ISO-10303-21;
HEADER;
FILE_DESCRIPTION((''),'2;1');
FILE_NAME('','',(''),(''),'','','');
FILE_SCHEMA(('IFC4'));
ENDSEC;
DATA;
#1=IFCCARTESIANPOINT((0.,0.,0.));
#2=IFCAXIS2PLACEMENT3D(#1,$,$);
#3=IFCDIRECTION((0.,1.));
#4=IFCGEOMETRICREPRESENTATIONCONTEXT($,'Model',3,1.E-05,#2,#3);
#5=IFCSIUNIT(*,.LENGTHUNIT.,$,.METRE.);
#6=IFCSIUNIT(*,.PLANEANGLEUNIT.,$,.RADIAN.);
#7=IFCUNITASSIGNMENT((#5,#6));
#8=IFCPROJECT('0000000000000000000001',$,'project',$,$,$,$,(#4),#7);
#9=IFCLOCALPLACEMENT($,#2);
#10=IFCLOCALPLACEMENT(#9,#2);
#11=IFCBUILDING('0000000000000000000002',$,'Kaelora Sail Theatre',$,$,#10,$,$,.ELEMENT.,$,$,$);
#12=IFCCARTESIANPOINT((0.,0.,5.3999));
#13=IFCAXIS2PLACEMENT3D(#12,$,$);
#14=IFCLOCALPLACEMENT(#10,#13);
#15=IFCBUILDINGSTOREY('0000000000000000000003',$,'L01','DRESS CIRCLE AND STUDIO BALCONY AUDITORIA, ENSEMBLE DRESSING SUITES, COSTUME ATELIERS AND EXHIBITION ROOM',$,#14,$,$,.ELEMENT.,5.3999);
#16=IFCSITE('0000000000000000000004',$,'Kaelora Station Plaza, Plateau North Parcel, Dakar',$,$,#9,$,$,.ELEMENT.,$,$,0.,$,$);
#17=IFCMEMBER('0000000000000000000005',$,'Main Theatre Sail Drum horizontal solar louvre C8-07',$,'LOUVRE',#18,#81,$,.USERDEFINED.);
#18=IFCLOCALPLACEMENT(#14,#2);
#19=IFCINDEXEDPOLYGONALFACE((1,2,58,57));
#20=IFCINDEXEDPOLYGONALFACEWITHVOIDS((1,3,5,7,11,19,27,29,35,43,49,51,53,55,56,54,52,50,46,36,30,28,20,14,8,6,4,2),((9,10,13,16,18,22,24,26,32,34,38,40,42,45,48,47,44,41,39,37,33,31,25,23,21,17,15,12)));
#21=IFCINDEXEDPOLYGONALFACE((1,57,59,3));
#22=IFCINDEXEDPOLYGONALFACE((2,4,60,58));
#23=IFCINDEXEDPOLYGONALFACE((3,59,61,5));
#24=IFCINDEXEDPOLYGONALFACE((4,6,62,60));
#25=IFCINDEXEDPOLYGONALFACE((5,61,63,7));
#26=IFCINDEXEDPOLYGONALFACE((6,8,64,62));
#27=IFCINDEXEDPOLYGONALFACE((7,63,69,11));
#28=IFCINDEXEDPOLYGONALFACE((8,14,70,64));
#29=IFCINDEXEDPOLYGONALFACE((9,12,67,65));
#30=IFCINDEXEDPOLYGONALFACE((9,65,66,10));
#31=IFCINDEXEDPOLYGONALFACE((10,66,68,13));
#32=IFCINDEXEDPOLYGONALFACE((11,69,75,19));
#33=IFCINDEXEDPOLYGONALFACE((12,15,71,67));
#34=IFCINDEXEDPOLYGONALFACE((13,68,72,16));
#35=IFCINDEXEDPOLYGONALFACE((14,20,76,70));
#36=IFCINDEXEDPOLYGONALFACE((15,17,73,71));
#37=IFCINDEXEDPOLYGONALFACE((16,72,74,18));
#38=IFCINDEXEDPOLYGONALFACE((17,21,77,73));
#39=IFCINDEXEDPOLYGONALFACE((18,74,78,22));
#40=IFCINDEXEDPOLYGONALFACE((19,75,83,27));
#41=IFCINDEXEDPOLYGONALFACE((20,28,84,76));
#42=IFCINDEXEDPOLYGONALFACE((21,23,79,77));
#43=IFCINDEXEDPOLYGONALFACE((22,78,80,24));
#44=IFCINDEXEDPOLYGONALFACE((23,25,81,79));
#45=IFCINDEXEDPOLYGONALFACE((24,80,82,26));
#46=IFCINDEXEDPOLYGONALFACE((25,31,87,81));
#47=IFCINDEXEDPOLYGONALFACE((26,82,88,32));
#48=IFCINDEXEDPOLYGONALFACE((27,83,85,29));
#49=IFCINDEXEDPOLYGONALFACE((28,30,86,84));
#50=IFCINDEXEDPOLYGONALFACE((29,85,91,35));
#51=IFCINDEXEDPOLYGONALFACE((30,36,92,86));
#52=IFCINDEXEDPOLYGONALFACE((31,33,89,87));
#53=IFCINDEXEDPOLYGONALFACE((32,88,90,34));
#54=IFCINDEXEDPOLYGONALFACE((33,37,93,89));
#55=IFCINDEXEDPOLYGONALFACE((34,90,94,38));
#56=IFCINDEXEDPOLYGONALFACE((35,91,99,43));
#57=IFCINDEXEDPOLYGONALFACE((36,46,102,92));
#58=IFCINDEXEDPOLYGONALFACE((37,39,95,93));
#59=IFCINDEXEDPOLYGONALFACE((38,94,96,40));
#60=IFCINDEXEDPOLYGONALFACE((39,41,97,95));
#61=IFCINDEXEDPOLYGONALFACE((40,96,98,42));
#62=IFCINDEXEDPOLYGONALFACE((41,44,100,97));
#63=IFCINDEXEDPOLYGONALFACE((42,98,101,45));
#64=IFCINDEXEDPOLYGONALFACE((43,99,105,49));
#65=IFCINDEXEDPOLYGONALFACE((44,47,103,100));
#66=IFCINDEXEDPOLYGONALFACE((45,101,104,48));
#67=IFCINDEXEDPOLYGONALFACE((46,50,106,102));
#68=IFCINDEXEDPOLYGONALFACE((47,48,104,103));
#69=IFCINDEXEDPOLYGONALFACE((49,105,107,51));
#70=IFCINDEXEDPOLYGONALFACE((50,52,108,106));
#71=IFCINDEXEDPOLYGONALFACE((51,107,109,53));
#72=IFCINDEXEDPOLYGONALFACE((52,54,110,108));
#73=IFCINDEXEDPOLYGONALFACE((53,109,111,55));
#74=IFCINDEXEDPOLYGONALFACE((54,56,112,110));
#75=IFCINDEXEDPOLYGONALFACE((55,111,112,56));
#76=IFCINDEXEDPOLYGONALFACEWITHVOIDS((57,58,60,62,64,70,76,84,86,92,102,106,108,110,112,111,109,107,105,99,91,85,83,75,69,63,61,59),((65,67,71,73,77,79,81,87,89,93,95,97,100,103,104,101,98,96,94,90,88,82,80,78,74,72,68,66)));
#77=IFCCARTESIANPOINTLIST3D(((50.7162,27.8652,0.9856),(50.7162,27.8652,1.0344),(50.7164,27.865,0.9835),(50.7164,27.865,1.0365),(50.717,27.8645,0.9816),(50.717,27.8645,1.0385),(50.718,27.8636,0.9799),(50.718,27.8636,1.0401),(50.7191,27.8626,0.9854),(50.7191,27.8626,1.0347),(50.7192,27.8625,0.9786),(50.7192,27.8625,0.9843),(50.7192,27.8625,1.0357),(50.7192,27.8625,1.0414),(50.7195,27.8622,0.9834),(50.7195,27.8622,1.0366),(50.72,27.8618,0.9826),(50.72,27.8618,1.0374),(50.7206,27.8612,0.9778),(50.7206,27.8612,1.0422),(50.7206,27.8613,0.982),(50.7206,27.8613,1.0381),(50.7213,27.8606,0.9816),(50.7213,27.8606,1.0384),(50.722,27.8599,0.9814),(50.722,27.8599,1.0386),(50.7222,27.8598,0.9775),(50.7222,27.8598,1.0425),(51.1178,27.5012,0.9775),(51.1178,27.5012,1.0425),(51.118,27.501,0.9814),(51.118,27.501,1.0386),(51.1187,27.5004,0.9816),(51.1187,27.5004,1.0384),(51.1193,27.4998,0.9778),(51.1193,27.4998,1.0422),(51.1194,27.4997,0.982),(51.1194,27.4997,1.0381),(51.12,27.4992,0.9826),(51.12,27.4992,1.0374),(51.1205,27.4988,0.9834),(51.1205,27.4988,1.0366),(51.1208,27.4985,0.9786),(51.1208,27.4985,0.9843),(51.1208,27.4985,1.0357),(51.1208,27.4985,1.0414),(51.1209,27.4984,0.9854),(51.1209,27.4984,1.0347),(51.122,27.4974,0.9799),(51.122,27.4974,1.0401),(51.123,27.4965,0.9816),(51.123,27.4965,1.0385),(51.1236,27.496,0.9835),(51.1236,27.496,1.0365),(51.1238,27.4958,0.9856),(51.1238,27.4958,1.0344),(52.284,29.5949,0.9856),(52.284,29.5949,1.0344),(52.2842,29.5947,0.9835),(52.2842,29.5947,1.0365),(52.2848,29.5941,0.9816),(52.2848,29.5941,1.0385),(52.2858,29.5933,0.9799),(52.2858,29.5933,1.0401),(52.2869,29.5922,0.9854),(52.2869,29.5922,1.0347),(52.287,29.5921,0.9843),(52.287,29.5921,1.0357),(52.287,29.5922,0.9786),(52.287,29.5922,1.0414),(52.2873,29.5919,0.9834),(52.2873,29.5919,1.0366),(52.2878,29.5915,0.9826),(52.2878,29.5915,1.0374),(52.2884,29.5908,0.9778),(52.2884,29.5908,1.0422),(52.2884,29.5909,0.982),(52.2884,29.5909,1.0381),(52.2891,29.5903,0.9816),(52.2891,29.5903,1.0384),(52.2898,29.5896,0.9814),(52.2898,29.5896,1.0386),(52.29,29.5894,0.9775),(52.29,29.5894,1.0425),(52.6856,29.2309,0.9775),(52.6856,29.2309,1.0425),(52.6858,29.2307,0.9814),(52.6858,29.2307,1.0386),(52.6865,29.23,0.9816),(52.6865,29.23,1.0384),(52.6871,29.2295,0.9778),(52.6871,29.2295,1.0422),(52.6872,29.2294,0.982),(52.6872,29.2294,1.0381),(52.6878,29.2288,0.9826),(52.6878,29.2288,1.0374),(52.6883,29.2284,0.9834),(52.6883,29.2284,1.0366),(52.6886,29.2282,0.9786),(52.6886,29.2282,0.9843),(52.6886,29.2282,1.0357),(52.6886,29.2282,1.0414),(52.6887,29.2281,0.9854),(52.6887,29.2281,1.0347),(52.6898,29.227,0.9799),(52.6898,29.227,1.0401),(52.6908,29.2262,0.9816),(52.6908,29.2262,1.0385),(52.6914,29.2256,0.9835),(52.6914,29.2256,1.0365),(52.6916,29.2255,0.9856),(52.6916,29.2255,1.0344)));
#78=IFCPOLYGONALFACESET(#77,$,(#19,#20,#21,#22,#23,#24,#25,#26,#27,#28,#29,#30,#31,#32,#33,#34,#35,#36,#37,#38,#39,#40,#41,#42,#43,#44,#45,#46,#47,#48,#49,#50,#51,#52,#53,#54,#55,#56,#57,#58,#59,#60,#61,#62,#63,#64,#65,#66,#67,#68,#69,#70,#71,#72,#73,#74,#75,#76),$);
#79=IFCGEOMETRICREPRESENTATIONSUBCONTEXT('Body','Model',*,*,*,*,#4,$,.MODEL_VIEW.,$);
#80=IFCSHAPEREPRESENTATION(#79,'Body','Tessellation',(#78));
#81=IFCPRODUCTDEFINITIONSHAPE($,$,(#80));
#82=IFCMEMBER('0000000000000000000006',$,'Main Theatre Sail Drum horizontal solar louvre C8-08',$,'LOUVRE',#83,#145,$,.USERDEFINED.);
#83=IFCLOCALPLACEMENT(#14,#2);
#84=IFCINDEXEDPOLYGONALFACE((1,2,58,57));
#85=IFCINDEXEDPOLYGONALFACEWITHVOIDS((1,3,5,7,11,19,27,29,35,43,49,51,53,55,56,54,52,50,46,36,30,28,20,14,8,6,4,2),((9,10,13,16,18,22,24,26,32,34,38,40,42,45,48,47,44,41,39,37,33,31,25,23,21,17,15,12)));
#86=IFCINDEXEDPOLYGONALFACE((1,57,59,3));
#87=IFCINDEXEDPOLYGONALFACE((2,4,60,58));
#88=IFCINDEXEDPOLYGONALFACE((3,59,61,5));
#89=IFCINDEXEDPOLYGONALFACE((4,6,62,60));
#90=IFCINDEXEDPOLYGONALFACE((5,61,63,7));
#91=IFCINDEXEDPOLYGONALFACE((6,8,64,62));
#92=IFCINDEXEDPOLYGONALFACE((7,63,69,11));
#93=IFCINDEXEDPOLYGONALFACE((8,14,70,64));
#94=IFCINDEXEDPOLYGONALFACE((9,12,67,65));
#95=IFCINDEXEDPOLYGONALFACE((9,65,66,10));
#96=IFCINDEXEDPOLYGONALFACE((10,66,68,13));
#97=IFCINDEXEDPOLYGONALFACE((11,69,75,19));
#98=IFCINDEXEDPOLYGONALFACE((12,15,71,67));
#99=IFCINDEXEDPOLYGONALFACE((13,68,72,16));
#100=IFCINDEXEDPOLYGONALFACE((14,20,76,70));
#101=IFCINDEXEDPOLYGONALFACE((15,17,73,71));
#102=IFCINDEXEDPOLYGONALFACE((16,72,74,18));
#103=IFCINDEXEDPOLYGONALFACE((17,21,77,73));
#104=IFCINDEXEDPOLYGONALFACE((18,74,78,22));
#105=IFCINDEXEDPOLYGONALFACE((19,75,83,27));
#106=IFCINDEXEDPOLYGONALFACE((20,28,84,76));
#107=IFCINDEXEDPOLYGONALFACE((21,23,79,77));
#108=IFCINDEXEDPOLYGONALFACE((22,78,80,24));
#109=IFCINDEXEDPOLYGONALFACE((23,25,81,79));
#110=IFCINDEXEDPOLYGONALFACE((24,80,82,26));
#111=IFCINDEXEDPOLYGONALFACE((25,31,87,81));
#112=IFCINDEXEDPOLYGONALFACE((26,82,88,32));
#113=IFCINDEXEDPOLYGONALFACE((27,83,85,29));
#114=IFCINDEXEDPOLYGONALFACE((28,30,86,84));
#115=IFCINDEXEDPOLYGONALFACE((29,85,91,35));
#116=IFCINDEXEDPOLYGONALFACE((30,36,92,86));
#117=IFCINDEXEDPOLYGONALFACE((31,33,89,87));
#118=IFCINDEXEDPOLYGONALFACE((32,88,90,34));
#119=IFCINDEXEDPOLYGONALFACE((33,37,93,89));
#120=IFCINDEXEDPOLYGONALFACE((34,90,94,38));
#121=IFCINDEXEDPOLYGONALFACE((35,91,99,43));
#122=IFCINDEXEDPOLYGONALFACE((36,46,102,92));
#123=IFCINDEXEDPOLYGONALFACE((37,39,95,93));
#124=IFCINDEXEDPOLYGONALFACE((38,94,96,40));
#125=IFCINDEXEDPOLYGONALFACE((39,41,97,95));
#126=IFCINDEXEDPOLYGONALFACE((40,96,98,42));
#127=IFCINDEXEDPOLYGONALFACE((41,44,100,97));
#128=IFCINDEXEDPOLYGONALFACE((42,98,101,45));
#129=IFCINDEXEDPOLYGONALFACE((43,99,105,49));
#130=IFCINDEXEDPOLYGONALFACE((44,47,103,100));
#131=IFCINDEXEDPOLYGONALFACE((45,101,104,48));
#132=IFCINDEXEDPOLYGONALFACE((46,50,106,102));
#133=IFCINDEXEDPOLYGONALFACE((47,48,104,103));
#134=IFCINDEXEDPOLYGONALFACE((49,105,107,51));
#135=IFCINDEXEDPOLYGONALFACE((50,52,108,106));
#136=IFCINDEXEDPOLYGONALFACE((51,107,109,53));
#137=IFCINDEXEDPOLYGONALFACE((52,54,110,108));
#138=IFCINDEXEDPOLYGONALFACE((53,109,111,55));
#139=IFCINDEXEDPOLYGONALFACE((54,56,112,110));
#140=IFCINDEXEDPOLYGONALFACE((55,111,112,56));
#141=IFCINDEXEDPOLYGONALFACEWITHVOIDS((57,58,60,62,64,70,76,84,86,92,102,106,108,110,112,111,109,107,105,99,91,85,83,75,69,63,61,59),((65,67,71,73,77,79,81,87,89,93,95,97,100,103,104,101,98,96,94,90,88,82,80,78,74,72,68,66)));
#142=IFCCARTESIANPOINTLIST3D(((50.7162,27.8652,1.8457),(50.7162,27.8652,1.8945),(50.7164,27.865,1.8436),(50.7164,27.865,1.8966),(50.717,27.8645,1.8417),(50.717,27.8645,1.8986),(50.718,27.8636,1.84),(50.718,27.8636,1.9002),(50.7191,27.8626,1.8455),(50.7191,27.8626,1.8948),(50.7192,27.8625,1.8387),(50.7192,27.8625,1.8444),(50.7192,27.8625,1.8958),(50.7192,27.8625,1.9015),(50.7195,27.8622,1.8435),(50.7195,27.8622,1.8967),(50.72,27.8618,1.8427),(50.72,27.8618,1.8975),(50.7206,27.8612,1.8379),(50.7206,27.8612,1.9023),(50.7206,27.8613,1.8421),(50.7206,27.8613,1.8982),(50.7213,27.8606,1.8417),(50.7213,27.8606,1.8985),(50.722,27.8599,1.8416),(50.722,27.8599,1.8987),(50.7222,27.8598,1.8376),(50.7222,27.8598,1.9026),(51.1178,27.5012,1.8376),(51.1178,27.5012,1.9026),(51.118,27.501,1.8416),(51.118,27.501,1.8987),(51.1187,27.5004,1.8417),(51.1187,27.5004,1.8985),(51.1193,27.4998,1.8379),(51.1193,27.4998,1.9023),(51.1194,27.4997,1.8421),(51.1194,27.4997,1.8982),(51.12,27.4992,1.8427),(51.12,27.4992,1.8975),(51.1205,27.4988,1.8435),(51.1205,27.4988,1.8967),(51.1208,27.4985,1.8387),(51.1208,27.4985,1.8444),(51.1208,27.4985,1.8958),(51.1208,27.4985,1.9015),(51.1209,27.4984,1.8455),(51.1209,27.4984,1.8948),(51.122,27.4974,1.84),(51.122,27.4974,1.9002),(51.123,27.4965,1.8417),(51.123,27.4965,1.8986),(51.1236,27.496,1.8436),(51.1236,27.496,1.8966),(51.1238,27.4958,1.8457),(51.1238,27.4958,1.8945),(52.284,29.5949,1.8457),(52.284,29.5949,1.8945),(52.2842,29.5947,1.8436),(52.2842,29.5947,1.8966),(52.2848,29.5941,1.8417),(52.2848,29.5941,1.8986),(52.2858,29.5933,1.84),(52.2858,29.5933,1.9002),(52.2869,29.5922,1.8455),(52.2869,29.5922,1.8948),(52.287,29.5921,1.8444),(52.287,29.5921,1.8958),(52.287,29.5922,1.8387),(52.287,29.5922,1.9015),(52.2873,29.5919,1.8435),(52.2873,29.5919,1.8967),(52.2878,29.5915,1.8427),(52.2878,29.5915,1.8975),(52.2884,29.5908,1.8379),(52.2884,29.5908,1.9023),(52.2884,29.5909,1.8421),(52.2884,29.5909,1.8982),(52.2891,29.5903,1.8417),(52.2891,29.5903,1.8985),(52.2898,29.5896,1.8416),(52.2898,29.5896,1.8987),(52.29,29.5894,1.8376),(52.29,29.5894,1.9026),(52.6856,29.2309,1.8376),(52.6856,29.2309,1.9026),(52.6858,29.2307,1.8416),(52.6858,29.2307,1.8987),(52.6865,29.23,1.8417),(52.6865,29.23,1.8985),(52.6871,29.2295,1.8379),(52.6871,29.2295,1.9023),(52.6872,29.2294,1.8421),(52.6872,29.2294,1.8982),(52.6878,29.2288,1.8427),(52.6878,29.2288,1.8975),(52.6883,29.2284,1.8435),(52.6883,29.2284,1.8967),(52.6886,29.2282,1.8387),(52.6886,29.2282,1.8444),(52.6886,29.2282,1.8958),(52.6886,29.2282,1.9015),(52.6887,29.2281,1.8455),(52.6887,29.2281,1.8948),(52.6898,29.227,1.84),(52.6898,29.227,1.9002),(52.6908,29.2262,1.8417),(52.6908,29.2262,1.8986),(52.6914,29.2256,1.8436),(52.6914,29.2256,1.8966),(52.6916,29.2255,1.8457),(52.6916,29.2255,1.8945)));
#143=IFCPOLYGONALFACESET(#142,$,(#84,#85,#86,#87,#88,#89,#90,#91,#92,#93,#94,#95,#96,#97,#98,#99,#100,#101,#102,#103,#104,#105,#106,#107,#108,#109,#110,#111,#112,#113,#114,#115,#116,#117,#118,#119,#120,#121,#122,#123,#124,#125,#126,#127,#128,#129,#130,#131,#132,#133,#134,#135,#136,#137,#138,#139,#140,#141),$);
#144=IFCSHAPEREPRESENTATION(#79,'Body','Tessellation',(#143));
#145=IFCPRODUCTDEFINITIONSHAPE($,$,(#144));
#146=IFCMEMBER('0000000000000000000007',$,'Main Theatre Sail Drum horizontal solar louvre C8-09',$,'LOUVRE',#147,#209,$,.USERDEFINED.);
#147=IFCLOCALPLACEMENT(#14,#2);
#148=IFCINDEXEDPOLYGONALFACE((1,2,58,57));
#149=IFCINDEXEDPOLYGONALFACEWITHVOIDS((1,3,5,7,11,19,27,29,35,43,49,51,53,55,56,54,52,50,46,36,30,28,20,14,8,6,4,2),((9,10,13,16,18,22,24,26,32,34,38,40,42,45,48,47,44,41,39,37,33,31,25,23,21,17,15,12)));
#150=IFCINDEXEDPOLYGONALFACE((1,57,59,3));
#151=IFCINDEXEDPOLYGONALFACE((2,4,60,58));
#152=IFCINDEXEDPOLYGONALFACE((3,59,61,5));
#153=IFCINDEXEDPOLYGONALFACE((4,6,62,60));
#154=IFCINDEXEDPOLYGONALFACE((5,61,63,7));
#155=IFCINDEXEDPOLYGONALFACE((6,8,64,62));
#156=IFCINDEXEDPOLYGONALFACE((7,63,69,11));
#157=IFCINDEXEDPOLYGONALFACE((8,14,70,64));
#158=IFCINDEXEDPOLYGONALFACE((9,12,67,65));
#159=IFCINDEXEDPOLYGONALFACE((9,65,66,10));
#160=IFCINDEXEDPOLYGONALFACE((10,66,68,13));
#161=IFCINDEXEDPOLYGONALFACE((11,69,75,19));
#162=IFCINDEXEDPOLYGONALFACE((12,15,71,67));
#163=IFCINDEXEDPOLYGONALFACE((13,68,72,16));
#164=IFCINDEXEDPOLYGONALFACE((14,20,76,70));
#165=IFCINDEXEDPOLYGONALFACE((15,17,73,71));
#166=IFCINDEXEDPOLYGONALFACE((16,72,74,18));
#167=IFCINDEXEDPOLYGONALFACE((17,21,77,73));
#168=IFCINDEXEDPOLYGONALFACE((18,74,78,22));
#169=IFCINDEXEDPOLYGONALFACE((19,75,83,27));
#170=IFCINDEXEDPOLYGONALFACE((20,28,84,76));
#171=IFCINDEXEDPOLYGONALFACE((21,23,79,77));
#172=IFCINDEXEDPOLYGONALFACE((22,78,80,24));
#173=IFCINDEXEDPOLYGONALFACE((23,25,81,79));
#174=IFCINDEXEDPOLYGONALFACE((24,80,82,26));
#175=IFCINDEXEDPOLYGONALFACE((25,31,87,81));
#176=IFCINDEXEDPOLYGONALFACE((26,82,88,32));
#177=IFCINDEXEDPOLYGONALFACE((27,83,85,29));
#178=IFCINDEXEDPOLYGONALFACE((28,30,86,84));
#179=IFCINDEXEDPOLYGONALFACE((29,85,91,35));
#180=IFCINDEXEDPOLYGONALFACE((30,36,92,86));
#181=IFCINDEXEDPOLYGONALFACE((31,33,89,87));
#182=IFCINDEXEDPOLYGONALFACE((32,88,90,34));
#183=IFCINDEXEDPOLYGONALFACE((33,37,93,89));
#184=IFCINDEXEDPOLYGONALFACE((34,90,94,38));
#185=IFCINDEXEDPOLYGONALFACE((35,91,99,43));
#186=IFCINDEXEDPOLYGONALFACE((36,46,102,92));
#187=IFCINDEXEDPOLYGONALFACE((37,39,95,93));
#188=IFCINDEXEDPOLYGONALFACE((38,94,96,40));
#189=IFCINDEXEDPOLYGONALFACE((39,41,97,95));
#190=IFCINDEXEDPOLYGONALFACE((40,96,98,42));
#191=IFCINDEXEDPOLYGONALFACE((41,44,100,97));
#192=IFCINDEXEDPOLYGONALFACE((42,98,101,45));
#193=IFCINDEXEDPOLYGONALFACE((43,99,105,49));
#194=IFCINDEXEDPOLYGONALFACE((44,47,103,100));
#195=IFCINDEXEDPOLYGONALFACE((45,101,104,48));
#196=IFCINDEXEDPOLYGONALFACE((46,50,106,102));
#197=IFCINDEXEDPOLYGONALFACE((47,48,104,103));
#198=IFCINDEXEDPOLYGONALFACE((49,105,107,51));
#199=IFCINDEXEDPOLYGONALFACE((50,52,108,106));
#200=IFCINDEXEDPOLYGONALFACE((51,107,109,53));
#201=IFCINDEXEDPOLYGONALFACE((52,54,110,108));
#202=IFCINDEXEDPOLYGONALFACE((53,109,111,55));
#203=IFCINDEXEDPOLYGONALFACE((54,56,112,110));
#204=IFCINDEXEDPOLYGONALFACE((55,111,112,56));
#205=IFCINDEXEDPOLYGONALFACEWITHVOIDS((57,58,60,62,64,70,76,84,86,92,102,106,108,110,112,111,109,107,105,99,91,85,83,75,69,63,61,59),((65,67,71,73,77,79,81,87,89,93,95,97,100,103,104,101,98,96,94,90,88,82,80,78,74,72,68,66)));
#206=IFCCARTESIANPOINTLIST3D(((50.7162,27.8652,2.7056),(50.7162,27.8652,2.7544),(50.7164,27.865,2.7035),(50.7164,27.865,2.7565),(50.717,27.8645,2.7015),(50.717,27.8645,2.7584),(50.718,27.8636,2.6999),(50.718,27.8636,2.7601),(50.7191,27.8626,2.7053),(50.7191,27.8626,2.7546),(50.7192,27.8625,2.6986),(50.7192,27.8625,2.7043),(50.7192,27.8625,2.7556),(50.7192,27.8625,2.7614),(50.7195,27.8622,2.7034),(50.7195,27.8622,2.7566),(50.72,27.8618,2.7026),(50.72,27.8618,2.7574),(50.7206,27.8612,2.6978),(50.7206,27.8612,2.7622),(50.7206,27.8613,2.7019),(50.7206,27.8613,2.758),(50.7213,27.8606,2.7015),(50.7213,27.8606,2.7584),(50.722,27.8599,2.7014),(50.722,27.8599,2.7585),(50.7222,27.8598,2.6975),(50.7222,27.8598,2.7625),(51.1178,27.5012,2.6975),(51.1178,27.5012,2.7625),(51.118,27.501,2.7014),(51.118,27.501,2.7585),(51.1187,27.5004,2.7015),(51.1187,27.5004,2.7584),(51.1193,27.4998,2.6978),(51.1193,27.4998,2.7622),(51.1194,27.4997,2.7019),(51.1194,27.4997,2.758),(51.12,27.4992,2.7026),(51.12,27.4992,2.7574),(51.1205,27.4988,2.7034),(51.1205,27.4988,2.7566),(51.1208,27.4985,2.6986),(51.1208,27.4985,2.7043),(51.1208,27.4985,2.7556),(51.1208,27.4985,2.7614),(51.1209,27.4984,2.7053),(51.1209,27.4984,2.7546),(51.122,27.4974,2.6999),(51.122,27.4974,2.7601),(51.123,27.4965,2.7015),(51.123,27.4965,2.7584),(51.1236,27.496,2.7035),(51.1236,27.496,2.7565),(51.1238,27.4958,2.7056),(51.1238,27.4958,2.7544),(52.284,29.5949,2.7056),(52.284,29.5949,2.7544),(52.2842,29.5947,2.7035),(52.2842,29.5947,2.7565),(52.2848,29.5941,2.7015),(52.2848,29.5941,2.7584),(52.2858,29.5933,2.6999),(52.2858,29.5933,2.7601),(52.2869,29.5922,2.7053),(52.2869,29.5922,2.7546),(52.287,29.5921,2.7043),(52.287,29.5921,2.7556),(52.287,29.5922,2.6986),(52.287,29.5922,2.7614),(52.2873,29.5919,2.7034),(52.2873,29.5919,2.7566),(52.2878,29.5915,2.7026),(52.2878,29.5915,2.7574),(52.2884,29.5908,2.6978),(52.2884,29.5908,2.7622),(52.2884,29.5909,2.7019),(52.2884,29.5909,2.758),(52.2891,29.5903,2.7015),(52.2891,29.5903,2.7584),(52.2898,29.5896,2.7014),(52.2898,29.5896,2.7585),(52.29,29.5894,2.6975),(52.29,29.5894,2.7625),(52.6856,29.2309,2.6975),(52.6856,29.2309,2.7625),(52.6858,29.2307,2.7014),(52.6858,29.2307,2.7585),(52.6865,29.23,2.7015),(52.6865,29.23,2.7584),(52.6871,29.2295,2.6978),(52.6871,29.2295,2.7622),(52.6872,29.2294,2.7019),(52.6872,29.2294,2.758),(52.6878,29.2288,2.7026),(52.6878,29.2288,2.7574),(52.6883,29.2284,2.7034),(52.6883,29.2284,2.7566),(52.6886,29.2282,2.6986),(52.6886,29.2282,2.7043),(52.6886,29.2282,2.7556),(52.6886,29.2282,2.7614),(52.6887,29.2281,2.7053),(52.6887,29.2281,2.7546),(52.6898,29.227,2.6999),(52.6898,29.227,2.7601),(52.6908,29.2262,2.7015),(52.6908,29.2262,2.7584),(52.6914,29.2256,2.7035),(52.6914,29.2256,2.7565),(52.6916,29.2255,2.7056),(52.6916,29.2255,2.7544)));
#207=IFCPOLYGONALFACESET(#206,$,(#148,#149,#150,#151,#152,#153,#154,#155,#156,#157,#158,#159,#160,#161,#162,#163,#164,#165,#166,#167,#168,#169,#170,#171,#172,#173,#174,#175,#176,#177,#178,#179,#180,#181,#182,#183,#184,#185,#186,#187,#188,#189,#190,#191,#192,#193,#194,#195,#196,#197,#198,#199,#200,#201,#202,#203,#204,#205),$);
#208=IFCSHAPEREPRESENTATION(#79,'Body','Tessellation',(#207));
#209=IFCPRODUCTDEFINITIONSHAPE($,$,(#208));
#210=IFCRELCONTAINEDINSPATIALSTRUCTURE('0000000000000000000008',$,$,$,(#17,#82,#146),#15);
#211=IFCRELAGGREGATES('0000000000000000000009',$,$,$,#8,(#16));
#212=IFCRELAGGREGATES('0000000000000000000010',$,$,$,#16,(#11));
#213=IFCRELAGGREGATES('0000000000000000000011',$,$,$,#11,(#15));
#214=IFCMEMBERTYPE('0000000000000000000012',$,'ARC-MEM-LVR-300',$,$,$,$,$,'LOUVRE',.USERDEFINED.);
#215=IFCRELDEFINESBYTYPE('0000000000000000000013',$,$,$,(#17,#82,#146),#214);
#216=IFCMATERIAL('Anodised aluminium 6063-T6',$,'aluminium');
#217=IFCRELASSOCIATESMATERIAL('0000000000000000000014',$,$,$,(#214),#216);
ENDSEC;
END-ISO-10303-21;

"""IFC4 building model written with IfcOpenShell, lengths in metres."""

from ifc_helpers import new_model, si_unit, direction, frame, origin, origin_2d, place, context, subcontext, project, spatial, hollow_rectangle, extrude, material, material_profile, profile_set, type_object, element, save


model = new_model("IFC4")

# Units and contexts
model_context = context("Model", 3, precision=1e-05, world=origin(), true_north=direction((0.0, 1.0)))
body_context = subcontext(model_context, "Body", "Model", "MODEL_VIEW")
ifc_project = project(units=[si_unit("LENGTHUNIT", "METRE"), si_unit("PLANEANGLEUNIT", "RADIAN")], contexts=[model_context])

# Site, building, storey
site_placement = place(None, origin())
site = spatial("IfcSite", under=ifc_project, at=site_placement, Name="Kaelora Station Plaza, Plateau North Parcel, Dakar", CompositionType="ELEMENT", RefElevation=0.0)
building_placement = place(site_placement, origin())
building = spatial("IfcBuilding", under=site, at=building_placement, Name="Kaelora Sail Theatre", CompositionType="ELEMENT")
storey_placement = place(building_placement, frame((0.0, 0.0, 5.3999)))
storey = spatial("IfcBuildingStorey", under=building, at=storey_placement, Name="L01", Description="DRESS CIRCLE AND STUDIO BALCONY AUDITORIA, ENSEMBLE DRESSING SUITES, COSTUME ATELIERS AND EXHIBITION ROOM", CompositionType="ELEMENT", Elevation=5.3999)

# Members
ifc_material_1 = material(Name="Anodised aluminium 6063-T6", Category="aluminium")
ifc_material_profile_1 = material_profile(ifc_material_1, hollow_rectangle(XDim=0.55, YDim=0.0649, WallThickness=0.0039, InnerFilletRadius=0.0039, OuterFilletRadius=0.0081, at=origin_2d()), Name="LOUVRE 550x65x4")
ifc_profile_set_1 = profile_set([ifc_material_profile_1], Name="Anodised aluminium 6063-T6")
member_type = type_object("IfcMemberType", Name="ARC-MEM-LVR-300", ElementType="LOUVRE", PredefinedType="USERDEFINED", material=ifc_profile_set_1)
for number, where, z_axis, x_axis, name in (
    (1, (52.4878, 29.4102, 1.01), (-0.671589, -0.740924, 0.0), (0.740924, -0.671589, 0.0), "Main Theatre Sail Drum horizontal solar louvre C8-07"),
    (2, (52.4878, 29.4102, 1.8701), (-0.671589, -0.740924, 0.0), (0.740924, -0.671589, 0.0), "Main Theatre Sail Drum horizontal solar louvre C8-08"),
    (3, (52.4878, 29.4102, 2.73), (-0.671589, -0.740924, 0.0), (0.740924, -0.671589, 0.0), "Main Theatre Sail Drum horizontal solar louvre C8-09"),
):
    element("IfcMember", number, at=place(storey_placement, frame(where, z_axis=z_axis, x_axis=x_axis)), inside=storey, type_object=member_type, Name=name, ObjectType="LOUVRE", PredefinedType="USERDEFINED", context=body_context, shape_type="SweptSolid", body=[
        extrude(hollow_rectangle(XDim=0.55, YDim=0.0649, WallThickness=0.0039, InnerFilletRadius=0.0039, OuterFilletRadius=0.0081, at=origin_2d()), origin(), (0.0, 0.0, 1.0), 2.3345),
    ])

save(model, "model.ifc")
